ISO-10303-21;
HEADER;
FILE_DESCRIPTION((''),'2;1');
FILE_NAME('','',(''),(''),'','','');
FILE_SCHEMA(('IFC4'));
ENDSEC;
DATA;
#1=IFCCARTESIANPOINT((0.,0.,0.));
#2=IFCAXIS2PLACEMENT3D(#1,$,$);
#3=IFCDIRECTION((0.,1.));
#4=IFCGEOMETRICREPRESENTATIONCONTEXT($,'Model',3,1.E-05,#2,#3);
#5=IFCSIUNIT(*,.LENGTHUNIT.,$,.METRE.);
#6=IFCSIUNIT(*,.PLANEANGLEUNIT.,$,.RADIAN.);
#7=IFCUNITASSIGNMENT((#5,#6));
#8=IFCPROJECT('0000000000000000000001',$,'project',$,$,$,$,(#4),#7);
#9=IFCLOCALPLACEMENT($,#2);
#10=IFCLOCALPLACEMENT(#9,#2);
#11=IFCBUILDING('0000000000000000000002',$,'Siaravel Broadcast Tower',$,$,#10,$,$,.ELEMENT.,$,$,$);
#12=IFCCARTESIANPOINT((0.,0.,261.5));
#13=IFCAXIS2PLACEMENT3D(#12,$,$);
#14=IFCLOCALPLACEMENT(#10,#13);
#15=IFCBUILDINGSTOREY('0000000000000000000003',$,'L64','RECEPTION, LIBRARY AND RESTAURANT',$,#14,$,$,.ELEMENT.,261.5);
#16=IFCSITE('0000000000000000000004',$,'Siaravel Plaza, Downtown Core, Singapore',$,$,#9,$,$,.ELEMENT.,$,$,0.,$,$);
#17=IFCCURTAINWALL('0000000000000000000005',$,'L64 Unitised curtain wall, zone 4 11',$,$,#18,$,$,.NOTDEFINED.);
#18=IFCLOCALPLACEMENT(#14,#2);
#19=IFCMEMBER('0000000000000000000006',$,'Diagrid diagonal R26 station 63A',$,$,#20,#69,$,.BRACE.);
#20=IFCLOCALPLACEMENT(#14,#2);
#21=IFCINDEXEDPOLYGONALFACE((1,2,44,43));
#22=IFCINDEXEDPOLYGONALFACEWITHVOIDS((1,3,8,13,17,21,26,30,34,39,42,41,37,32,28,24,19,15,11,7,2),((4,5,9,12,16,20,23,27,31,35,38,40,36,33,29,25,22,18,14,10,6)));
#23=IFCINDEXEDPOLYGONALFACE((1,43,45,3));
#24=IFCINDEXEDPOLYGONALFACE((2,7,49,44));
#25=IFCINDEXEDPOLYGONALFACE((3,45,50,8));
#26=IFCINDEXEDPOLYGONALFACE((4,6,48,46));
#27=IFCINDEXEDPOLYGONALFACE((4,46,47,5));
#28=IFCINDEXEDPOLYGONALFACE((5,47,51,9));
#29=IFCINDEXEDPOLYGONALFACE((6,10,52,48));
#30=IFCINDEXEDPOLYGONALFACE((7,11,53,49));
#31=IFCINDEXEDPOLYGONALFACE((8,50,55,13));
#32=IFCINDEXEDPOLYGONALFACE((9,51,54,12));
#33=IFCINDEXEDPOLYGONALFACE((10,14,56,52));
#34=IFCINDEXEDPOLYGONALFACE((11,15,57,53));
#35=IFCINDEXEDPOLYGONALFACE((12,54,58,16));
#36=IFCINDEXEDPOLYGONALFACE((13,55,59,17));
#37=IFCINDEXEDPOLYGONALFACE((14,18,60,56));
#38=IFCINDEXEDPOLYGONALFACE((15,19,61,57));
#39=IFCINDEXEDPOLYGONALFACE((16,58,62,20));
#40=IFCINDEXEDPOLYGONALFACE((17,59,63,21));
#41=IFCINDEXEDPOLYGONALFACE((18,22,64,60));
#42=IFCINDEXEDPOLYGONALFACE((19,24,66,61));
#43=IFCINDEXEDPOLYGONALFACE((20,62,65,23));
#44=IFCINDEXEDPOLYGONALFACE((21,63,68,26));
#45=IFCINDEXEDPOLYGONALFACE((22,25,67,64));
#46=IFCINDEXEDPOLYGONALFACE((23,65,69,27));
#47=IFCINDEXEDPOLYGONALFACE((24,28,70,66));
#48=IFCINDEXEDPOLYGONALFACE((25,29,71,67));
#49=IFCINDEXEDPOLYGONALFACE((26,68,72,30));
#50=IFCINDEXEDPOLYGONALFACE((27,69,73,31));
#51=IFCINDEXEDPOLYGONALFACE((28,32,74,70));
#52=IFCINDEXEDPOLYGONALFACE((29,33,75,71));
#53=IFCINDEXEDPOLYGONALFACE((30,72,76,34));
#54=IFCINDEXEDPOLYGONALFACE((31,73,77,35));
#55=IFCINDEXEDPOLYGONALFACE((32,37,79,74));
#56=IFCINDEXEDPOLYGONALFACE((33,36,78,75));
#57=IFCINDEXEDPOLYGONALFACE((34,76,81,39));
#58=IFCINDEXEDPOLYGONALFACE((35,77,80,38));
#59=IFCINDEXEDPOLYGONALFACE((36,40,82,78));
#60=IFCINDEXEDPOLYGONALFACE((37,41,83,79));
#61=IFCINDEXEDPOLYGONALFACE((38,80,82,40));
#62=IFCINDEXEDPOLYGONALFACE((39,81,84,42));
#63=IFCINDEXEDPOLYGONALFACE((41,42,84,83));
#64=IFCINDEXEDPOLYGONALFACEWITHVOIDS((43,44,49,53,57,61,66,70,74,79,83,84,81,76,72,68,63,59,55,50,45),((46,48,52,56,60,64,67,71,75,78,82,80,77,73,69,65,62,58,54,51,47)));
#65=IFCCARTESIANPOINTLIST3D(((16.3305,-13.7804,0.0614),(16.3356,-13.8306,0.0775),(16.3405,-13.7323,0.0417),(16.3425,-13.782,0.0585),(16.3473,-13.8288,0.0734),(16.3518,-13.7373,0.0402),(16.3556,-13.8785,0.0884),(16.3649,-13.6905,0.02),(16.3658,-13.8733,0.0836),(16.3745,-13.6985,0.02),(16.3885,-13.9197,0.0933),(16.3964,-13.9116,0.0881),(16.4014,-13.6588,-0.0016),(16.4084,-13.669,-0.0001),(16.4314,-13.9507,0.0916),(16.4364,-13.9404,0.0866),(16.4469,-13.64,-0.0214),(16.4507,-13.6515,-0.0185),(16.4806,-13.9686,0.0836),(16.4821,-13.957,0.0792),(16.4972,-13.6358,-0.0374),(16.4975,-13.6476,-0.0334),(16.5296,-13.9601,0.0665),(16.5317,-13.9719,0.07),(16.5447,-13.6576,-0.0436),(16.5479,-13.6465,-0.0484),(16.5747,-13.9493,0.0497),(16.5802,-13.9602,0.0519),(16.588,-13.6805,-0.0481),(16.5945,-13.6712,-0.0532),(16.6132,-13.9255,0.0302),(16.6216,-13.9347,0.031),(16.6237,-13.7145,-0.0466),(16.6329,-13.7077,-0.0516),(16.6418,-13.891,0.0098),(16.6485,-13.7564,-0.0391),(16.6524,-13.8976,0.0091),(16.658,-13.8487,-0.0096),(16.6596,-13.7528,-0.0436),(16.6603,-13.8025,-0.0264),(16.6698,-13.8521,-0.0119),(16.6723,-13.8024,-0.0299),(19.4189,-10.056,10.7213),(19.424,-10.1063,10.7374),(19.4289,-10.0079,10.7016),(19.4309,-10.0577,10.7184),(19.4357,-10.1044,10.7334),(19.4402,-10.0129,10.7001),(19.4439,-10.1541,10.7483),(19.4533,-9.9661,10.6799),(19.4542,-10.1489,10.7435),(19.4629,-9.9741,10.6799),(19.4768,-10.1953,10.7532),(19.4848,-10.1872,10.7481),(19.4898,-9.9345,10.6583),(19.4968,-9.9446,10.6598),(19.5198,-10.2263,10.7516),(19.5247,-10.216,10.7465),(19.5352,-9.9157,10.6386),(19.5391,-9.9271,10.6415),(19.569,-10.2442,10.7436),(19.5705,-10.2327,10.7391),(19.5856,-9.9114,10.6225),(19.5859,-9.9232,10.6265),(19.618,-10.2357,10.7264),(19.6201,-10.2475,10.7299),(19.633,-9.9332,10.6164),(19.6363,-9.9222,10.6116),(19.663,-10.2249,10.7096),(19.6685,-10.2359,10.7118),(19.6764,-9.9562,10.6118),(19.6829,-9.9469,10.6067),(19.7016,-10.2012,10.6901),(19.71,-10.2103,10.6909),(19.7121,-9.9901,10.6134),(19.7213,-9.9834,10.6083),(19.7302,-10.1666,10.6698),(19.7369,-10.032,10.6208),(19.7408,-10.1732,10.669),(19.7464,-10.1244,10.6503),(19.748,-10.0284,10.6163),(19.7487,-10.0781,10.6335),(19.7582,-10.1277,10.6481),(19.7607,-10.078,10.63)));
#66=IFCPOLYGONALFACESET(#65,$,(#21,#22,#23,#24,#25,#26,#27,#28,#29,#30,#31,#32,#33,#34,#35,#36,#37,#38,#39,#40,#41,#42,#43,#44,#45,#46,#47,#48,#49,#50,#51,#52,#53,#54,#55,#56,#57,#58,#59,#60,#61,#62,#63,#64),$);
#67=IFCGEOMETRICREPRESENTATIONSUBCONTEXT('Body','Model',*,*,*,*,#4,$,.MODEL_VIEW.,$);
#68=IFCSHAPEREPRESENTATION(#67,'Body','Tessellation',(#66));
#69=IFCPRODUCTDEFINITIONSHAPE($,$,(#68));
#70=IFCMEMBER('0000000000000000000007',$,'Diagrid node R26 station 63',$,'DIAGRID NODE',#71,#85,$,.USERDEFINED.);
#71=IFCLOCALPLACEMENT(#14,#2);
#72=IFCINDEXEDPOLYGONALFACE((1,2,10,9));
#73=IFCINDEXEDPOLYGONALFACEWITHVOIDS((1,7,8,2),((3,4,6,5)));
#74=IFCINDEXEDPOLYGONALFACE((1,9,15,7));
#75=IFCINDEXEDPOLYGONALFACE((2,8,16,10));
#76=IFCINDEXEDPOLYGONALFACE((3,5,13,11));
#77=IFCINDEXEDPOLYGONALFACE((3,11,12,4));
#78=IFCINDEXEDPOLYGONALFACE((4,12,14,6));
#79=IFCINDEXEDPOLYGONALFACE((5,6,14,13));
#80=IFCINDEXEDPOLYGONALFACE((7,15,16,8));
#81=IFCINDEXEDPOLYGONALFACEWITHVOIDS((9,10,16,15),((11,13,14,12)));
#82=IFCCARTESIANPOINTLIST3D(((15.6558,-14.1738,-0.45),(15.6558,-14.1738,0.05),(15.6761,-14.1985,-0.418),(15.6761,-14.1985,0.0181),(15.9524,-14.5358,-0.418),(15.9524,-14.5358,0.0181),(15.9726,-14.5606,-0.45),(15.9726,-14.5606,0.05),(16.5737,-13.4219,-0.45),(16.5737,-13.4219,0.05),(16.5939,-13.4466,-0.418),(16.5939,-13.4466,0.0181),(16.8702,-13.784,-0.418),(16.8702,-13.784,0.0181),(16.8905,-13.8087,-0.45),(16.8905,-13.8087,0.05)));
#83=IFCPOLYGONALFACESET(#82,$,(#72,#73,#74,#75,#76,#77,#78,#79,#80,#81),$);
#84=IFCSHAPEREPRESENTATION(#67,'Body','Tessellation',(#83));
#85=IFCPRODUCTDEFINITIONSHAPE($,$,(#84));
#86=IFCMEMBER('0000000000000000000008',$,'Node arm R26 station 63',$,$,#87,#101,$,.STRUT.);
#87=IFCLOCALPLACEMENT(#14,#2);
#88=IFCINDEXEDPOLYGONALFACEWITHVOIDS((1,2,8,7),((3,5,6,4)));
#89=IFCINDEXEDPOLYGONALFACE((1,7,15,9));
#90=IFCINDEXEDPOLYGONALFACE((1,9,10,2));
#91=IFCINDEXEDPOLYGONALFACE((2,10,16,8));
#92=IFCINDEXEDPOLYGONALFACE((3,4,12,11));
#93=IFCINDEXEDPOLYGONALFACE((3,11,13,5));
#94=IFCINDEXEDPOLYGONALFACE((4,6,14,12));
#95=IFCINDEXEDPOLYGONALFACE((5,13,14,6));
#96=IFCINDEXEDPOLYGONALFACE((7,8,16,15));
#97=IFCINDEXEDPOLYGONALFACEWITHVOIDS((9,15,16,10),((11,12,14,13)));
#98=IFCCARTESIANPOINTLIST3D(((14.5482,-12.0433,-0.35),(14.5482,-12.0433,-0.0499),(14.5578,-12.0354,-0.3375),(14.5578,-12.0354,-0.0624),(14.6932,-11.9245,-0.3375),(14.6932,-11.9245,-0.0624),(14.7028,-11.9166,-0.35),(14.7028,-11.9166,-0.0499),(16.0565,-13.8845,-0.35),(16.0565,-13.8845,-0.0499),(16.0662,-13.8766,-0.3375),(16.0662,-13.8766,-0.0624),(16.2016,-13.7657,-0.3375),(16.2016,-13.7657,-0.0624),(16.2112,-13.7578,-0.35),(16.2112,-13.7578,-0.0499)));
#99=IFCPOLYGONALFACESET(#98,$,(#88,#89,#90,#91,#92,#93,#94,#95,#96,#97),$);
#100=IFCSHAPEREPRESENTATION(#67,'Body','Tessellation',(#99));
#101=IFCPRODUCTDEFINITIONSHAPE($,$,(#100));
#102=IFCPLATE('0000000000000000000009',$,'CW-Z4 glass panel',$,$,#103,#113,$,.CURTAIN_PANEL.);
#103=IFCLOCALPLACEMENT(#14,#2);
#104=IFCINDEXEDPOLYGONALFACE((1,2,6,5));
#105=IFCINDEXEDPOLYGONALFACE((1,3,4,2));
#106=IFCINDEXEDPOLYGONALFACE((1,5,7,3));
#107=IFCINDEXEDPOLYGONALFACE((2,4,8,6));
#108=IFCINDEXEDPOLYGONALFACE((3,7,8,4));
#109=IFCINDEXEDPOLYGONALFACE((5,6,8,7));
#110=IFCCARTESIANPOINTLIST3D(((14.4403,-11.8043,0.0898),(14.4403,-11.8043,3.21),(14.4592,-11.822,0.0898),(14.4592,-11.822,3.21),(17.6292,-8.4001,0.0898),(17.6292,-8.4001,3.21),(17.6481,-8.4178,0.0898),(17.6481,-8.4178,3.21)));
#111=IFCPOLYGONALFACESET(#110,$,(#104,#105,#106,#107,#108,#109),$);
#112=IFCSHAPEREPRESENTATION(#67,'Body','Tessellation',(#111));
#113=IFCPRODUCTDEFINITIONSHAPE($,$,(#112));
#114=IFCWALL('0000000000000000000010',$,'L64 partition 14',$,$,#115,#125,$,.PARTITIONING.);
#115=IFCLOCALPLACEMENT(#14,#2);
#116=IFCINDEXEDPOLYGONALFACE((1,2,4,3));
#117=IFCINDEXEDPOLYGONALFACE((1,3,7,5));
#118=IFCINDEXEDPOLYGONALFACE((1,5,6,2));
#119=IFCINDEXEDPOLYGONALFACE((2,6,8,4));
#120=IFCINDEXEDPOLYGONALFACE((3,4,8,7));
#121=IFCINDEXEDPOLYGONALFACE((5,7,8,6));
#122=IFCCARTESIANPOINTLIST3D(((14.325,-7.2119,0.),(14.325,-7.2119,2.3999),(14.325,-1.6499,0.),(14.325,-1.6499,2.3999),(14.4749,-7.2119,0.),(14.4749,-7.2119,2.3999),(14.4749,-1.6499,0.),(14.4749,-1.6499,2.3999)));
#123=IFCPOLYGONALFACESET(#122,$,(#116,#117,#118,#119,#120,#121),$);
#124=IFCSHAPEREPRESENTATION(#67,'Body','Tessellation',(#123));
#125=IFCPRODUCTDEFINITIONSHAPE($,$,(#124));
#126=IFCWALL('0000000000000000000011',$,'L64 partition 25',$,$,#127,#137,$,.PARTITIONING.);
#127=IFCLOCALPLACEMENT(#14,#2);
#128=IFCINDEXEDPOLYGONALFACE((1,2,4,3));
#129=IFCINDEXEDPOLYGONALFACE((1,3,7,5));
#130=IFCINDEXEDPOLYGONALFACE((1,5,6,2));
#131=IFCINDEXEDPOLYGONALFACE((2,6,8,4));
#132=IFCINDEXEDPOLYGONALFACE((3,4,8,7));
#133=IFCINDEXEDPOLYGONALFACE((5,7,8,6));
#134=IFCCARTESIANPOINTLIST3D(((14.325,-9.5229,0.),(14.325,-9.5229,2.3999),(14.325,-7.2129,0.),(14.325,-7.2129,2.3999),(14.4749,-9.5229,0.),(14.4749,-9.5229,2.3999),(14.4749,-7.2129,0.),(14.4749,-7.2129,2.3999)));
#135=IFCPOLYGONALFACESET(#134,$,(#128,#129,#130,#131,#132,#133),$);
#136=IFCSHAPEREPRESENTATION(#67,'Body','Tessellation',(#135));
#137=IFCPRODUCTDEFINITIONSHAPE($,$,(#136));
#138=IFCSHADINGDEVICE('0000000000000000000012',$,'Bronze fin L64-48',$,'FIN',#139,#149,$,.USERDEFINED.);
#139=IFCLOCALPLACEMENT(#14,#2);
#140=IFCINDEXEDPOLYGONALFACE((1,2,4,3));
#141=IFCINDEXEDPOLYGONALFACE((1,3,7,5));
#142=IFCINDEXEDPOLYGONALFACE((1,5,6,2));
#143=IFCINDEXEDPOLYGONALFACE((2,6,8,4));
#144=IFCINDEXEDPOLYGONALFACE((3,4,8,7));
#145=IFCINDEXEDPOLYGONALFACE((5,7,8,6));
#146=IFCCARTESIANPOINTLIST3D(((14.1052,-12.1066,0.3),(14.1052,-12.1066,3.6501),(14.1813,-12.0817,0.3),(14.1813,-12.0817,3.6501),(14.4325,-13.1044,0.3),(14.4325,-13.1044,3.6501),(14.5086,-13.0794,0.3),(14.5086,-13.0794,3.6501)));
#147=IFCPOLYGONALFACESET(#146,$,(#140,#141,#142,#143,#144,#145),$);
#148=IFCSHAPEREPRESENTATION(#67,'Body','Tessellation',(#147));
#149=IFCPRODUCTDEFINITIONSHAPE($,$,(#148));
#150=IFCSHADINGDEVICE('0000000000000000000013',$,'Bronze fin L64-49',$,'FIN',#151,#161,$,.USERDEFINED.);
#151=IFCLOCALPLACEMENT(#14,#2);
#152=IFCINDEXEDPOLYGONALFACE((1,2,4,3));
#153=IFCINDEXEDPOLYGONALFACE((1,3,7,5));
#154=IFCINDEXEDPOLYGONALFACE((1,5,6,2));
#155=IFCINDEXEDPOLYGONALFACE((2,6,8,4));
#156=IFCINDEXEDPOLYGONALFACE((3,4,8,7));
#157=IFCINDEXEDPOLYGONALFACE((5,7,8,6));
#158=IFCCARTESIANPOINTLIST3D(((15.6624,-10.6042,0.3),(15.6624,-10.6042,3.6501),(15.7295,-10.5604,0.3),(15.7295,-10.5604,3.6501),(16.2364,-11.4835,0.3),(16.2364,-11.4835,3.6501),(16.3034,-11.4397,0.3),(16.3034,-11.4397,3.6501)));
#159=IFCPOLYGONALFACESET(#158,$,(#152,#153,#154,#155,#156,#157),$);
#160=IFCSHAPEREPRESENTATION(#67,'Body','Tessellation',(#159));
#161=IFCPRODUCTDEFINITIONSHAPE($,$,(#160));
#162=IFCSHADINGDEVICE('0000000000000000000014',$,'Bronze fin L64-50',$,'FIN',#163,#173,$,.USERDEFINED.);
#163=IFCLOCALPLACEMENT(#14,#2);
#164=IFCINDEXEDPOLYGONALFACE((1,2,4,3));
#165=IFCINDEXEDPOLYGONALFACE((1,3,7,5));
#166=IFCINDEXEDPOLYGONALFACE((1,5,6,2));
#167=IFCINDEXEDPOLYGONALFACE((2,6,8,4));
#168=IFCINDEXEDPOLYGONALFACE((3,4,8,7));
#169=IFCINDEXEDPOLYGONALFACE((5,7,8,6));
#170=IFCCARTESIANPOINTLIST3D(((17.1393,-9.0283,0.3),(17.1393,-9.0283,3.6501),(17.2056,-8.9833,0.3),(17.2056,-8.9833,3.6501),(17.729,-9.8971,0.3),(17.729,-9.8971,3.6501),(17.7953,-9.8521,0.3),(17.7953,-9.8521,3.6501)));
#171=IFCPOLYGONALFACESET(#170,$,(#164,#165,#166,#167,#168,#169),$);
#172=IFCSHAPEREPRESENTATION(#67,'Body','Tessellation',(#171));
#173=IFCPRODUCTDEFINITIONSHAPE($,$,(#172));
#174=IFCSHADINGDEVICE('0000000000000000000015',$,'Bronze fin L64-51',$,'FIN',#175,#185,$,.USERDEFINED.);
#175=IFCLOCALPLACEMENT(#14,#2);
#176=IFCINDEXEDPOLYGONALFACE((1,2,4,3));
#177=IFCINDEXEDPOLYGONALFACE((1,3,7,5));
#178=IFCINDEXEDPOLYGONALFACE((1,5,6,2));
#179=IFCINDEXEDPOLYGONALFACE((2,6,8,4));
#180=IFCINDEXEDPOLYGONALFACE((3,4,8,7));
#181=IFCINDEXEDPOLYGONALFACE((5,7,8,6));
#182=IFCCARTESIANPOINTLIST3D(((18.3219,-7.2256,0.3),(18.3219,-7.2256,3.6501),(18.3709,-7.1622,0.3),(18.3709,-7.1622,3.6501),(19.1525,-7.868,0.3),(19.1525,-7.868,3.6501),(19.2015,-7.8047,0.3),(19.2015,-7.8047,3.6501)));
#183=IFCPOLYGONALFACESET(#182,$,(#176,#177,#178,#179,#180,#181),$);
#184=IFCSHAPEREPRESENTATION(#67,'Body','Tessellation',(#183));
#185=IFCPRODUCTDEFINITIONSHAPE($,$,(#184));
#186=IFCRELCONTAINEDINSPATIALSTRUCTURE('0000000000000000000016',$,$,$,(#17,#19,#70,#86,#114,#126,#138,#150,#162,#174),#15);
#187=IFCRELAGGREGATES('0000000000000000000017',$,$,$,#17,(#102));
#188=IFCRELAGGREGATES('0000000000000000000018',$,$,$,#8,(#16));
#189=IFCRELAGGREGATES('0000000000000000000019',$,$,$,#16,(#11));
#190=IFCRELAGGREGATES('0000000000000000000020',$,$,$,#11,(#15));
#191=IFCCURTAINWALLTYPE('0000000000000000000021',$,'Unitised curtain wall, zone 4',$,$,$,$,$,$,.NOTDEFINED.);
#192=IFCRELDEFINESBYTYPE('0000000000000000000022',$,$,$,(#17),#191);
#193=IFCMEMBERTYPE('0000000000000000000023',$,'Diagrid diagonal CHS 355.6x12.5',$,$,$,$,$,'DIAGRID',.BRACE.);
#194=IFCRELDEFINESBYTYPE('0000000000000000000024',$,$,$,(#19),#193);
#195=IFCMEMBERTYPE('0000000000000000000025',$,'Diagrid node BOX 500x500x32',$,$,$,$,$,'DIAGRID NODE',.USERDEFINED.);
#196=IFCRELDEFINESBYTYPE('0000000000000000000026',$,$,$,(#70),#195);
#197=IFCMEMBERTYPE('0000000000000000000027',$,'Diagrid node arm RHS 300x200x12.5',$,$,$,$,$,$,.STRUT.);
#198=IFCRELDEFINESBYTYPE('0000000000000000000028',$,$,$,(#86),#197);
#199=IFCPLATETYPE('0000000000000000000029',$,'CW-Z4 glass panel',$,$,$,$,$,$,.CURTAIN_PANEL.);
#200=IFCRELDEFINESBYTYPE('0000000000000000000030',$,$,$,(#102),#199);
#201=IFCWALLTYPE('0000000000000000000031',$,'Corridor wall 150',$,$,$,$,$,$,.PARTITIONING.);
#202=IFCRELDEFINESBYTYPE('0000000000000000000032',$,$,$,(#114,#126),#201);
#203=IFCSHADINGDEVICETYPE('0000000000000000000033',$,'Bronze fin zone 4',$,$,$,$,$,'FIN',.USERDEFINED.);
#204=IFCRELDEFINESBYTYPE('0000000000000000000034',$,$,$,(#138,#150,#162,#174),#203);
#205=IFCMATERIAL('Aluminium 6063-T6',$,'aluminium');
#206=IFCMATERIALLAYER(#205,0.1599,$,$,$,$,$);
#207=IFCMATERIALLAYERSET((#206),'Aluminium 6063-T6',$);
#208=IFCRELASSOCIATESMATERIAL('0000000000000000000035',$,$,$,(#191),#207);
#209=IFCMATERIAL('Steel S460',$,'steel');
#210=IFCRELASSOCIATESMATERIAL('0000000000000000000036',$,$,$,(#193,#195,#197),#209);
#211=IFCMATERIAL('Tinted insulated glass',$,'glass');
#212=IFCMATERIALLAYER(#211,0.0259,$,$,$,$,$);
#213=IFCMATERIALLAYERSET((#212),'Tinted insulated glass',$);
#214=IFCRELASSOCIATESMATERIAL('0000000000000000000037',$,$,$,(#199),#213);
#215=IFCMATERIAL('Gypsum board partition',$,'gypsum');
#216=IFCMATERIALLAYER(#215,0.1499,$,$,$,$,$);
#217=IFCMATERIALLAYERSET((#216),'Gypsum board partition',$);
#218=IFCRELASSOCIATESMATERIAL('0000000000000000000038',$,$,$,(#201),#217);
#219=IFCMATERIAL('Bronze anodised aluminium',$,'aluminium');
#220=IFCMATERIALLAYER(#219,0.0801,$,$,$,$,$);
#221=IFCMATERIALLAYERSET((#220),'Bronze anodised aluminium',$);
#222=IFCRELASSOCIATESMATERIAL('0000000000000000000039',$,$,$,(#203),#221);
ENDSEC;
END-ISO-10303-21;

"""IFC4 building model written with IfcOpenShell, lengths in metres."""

from ifc_helpers import new_model, si_unit, direction, frame, frame_2d, origin, origin_2d, place, context, subcontext, project, spatial, rectangle, hollow_rectangle, hollow_circle, extrude, material, layer, layer_set, material_profile, profile_set, type_object, element, aggregate, save


model = new_model("IFC4")

# Units and contexts
model_context = context("Model", 3, precision=1e-05, world=origin(), true_north=direction((0.0, 1.0)))
body_context = subcontext(model_context, "Body", "Model", "MODEL_VIEW")
ifc_project = project(units=[si_unit("LENGTHUNIT", "METRE"), si_unit("PLANEANGLEUNIT", "RADIAN")], contexts=[model_context])

# Site, building, storey
site_placement = place(None, origin())
site = spatial("IfcSite", under=ifc_project, at=site_placement, Name="Siaravel Plaza, Downtown Core, Singapore", CompositionType="ELEMENT", RefElevation=0.0)
building_placement = place(site_placement, origin())
building = spatial("IfcBuilding", under=site, at=building_placement, Name="Siaravel Broadcast Tower", CompositionType="ELEMENT")
storey_placement = place(building_placement, frame((0.0, 0.0, 261.5)))
storey = spatial("IfcBuildingStorey", under=building, at=storey_placement, Name="L64", Description="RECEPTION, LIBRARY AND RESTAURANT", CompositionType="ELEMENT", Elevation=261.5)

# Curtain wall
ifc_material_1 = material(Name="Aluminium 6063-T6", Category="aluminium")
ifc_layer_1 = layer(ifc_material_1, 0.1599)
ifc_layer_set_1 = layer_set([ifc_layer_1], Name="Aluminium 6063-T6")
curtain_wall_type = type_object("IfcCurtainWallType", Name="Unitised curtain wall, zone 4", PredefinedType="NOTDEFINED", material=ifc_layer_set_1)
curtain_wall_1_placement = place(storey_placement, origin())
curtain_wall_1 = element("IfcCurtainWall", 1, at=curtain_wall_1_placement, inside=storey, type_object=curtain_wall_type, Name="L64 Unitised curtain wall, zone 4 11", PredefinedType="NOTDEFINED")

# Members
ifc_material_2 = material(Name="Steel S460", Category="steel")
ifc_material_profile_1 = material_profile(ifc_material_2, hollow_circle(Radius=0.1777, WallThickness=0.0125, at=origin_2d()))
ifc_profile_set_1 = profile_set([ifc_material_profile_1], Name="Steel S460")
member_type_1 = type_object("IfcMemberType", Name="Diagrid diagonal CHS 355.6x12.5", ElementType="DIAGRID", PredefinedType="BRACE", material=ifc_profile_set_1)
member_1_placement = place(storey_placement, frame((16.5017, -13.804, 0.02), z_axis=(0.263817, 0.318144, 0.910596), x_axis=(-0.76977, 0.638321, 0.0)))
element("IfcMember", 2, at=member_1_placement, inside=storey, type_object=member_type_1, Name="Diagrid diagonal R26 station 63A", PredefinedType="BRACE", context=body_context, shape_type="SweptSolid", body=[
    extrude(hollow_circle(Radius=0.1777, WallThickness=0.0125, at=origin_2d()), origin(), (0.0, 0.0, 1.0), 11.7065),
])
ifc_material_profile_2 = material_profile(ifc_material_2, hollow_rectangle(XDim=0.5, YDim=0.5, WallThickness=0.032, at=origin_2d()))
ifc_profile_set_2 = profile_set([ifc_material_profile_2], Name="Steel S460")
member_type_2 = type_object("IfcMemberType", Name="Diagrid node BOX 500x500x32", ElementType="DIAGRID NODE", PredefinedType="USERDEFINED", material=ifc_profile_set_2)
member_2_placement = place(storey_placement, frame((15.8142, -14.3672, -0.2), z_axis=(0.77359, 0.633686, 0.0), x_axis=(-0.633686, 0.77359, 0.0)))
element("IfcMember", 3, at=member_2_placement, inside=storey, type_object=member_type_2, Name="Diagrid node R26 station 63", ObjectType="DIAGRID NODE", PredefinedType="USERDEFINED", context=body_context, shape_type="SweptSolid", body=[
    extrude(hollow_rectangle(XDim=0.5, YDim=0.5, WallThickness=0.032, at=origin_2d()), origin(), (0.0, 0.0, 1.0), 1.1865),
])
ifc_material_profile_3 = material_profile(ifc_material_2, hollow_rectangle(XDim=0.2, YDim=0.3, WallThickness=0.0125, at=origin_2d()))
ifc_profile_set_3 = profile_set([ifc_material_profile_3], Name="Steel S460")
member_type_3 = type_object("IfcMemberType", Name="Diagrid node arm RHS 300x200x12.5", PredefinedType="STRUT", material=ifc_profile_set_3)
member_3_placement = place(storey_placement, frame((14.6255, -11.98, -0.2), z_axis=(0.633735, -0.77355, 0.0), x_axis=(0.77355, 0.633735, 0.0)))
element("IfcMember", 4, at=member_3_placement, inside=storey, type_object=member_type_3, Name="Node arm R26 station 63", PredefinedType="STRUT", context=body_context, shape_type="SweptSolid", body=[
    extrude(hollow_rectangle(XDim=0.2, YDim=0.3, WallThickness=0.0125, at=origin_2d()), origin(), (0.0, 0.0, 1.0), 2.3801),
])

# Plate
ifc_material_3 = material(Name="Tinted insulated glass", Category="glass")
ifc_layer_2 = layer(ifc_material_3, 0.0259)
ifc_layer_set_2 = layer_set([ifc_layer_2], Name="Tinted insulated glass")
plate_type = type_object("IfcPlateType", Name="CW-Z4 glass panel", PredefinedType="CURTAIN_PANEL", material=ifc_layer_set_2)
plate_placement = place(storey_placement, frame((16.0442, -10.1111, 0.0898), z_axis=(0.0, 0.0, 1.0), x_axis=(0.683653, 0.729807, 0.0)))
plate = element("IfcPlate", 5, at=plate_placement, type_object=plate_type, Name="CW-Z4 glass panel", PredefinedType="CURTAIN_PANEL", context=body_context, shape_type="SweptSolid", body=[
    extrude(rectangle(XDim=4.6646, YDim=0.0259, at=origin_2d()), origin(), (0.0, 0.0, 1.0), 3.1201),
])
aggregate(curtain_wall_1, [plate])

# Walls
ifc_material_4 = material(Name="Gypsum board partition", Category="gypsum")
ifc_layer_3 = layer(ifc_material_4, 0.1499)
ifc_layer_set_3 = layer_set([ifc_layer_3], Name="Gypsum board partition")
wall_type = type_object("IfcWallType", Name="Corridor wall 150", PredefinedType="PARTITIONING", material=ifc_layer_set_3)
wall_1_placement = place(storey_placement, frame((14.3999, -7.2119, 0.0), z_axis=(0.0, 0.0, 1.0), x_axis=(0.0, 1.0, 0.0)))
element("IfcWall", 6, at=wall_1_placement, inside=storey, type_object=wall_type, Name="L64 partition 14", PredefinedType="PARTITIONING", context=body_context, shape_type="SweptSolid", body=[
    extrude(rectangle(XDim=5.562, YDim=0.1499, at=frame_2d((2.781, 0.0))), origin(), (0.0, 0.0, 1.0), 2.3999),
])
wall_2_placement = place(storey_placement, frame((14.3999, -9.5229, 0.0), z_axis=(0.0, 0.0, 1.0), x_axis=(0.0, 1.0, 0.0)))
element("IfcWall", 7, at=wall_2_placement, inside=storey, type_object=wall_type, Name="L64 partition 25", PredefinedType="PARTITIONING", context=body_context, shape_type="SweptSolid", body=[
    extrude(rectangle(XDim=2.3101, YDim=0.1499, at=frame_2d((1.155, 0.0))), origin(), (0.0, 0.0, 1.0), 2.3999),
])

# Shading devices
ifc_material_5 = material(Name="Bronze anodised aluminium", Category="aluminium")
ifc_layer_4 = layer(ifc_material_5, 0.0801)
ifc_layer_set_4 = layer_set([ifc_layer_4], Name="Bronze anodised aluminium")
shading_device_type = type_object("IfcShadingDeviceType", Name="Bronze fin zone 4", ElementType="FIN", PredefinedType="USERDEFINED", material=ifc_layer_set_4)
for number, where, z_axis, x_axis, name in (
    (8, (14.3069, -12.593, 0.3), (0.0, 0.0, 1.0), (0.311713, -0.950176, 0.0), "Bronze fin L64-48"),
    (9, (15.9829, -11.022, 0.3), (0.0, 0.0, 1.0), (0.546608, -0.837389, 0.0), "Bronze fin L64-49"),
    (10, (17.4673, -9.4402, 0.3), (0.0, 0.0, 1.0), (0.561614, -0.827399, 0.0), "Bronze fin L64-50"),
    (11, (18.7617, -7.5151, 0.3), (0.0, 0.0, 1.0), (0.79098, -0.611842, 0.0), "Bronze fin L64-51"),
):
    element("IfcShadingDevice", number, at=place(storey_placement, frame(where, z_axis=z_axis, x_axis=x_axis)), inside=storey, type_object=shading_device_type, Name=name, ObjectType="FIN", PredefinedType="USERDEFINED", context=body_context, shape_type="SweptSolid", body=[
        extrude(rectangle(XDim=1.05, YDim=0.0801, at=origin_2d()), origin(), (0.0, 0.0, 1.0), 3.3501),
    ])

save(model, "model.ifc")
